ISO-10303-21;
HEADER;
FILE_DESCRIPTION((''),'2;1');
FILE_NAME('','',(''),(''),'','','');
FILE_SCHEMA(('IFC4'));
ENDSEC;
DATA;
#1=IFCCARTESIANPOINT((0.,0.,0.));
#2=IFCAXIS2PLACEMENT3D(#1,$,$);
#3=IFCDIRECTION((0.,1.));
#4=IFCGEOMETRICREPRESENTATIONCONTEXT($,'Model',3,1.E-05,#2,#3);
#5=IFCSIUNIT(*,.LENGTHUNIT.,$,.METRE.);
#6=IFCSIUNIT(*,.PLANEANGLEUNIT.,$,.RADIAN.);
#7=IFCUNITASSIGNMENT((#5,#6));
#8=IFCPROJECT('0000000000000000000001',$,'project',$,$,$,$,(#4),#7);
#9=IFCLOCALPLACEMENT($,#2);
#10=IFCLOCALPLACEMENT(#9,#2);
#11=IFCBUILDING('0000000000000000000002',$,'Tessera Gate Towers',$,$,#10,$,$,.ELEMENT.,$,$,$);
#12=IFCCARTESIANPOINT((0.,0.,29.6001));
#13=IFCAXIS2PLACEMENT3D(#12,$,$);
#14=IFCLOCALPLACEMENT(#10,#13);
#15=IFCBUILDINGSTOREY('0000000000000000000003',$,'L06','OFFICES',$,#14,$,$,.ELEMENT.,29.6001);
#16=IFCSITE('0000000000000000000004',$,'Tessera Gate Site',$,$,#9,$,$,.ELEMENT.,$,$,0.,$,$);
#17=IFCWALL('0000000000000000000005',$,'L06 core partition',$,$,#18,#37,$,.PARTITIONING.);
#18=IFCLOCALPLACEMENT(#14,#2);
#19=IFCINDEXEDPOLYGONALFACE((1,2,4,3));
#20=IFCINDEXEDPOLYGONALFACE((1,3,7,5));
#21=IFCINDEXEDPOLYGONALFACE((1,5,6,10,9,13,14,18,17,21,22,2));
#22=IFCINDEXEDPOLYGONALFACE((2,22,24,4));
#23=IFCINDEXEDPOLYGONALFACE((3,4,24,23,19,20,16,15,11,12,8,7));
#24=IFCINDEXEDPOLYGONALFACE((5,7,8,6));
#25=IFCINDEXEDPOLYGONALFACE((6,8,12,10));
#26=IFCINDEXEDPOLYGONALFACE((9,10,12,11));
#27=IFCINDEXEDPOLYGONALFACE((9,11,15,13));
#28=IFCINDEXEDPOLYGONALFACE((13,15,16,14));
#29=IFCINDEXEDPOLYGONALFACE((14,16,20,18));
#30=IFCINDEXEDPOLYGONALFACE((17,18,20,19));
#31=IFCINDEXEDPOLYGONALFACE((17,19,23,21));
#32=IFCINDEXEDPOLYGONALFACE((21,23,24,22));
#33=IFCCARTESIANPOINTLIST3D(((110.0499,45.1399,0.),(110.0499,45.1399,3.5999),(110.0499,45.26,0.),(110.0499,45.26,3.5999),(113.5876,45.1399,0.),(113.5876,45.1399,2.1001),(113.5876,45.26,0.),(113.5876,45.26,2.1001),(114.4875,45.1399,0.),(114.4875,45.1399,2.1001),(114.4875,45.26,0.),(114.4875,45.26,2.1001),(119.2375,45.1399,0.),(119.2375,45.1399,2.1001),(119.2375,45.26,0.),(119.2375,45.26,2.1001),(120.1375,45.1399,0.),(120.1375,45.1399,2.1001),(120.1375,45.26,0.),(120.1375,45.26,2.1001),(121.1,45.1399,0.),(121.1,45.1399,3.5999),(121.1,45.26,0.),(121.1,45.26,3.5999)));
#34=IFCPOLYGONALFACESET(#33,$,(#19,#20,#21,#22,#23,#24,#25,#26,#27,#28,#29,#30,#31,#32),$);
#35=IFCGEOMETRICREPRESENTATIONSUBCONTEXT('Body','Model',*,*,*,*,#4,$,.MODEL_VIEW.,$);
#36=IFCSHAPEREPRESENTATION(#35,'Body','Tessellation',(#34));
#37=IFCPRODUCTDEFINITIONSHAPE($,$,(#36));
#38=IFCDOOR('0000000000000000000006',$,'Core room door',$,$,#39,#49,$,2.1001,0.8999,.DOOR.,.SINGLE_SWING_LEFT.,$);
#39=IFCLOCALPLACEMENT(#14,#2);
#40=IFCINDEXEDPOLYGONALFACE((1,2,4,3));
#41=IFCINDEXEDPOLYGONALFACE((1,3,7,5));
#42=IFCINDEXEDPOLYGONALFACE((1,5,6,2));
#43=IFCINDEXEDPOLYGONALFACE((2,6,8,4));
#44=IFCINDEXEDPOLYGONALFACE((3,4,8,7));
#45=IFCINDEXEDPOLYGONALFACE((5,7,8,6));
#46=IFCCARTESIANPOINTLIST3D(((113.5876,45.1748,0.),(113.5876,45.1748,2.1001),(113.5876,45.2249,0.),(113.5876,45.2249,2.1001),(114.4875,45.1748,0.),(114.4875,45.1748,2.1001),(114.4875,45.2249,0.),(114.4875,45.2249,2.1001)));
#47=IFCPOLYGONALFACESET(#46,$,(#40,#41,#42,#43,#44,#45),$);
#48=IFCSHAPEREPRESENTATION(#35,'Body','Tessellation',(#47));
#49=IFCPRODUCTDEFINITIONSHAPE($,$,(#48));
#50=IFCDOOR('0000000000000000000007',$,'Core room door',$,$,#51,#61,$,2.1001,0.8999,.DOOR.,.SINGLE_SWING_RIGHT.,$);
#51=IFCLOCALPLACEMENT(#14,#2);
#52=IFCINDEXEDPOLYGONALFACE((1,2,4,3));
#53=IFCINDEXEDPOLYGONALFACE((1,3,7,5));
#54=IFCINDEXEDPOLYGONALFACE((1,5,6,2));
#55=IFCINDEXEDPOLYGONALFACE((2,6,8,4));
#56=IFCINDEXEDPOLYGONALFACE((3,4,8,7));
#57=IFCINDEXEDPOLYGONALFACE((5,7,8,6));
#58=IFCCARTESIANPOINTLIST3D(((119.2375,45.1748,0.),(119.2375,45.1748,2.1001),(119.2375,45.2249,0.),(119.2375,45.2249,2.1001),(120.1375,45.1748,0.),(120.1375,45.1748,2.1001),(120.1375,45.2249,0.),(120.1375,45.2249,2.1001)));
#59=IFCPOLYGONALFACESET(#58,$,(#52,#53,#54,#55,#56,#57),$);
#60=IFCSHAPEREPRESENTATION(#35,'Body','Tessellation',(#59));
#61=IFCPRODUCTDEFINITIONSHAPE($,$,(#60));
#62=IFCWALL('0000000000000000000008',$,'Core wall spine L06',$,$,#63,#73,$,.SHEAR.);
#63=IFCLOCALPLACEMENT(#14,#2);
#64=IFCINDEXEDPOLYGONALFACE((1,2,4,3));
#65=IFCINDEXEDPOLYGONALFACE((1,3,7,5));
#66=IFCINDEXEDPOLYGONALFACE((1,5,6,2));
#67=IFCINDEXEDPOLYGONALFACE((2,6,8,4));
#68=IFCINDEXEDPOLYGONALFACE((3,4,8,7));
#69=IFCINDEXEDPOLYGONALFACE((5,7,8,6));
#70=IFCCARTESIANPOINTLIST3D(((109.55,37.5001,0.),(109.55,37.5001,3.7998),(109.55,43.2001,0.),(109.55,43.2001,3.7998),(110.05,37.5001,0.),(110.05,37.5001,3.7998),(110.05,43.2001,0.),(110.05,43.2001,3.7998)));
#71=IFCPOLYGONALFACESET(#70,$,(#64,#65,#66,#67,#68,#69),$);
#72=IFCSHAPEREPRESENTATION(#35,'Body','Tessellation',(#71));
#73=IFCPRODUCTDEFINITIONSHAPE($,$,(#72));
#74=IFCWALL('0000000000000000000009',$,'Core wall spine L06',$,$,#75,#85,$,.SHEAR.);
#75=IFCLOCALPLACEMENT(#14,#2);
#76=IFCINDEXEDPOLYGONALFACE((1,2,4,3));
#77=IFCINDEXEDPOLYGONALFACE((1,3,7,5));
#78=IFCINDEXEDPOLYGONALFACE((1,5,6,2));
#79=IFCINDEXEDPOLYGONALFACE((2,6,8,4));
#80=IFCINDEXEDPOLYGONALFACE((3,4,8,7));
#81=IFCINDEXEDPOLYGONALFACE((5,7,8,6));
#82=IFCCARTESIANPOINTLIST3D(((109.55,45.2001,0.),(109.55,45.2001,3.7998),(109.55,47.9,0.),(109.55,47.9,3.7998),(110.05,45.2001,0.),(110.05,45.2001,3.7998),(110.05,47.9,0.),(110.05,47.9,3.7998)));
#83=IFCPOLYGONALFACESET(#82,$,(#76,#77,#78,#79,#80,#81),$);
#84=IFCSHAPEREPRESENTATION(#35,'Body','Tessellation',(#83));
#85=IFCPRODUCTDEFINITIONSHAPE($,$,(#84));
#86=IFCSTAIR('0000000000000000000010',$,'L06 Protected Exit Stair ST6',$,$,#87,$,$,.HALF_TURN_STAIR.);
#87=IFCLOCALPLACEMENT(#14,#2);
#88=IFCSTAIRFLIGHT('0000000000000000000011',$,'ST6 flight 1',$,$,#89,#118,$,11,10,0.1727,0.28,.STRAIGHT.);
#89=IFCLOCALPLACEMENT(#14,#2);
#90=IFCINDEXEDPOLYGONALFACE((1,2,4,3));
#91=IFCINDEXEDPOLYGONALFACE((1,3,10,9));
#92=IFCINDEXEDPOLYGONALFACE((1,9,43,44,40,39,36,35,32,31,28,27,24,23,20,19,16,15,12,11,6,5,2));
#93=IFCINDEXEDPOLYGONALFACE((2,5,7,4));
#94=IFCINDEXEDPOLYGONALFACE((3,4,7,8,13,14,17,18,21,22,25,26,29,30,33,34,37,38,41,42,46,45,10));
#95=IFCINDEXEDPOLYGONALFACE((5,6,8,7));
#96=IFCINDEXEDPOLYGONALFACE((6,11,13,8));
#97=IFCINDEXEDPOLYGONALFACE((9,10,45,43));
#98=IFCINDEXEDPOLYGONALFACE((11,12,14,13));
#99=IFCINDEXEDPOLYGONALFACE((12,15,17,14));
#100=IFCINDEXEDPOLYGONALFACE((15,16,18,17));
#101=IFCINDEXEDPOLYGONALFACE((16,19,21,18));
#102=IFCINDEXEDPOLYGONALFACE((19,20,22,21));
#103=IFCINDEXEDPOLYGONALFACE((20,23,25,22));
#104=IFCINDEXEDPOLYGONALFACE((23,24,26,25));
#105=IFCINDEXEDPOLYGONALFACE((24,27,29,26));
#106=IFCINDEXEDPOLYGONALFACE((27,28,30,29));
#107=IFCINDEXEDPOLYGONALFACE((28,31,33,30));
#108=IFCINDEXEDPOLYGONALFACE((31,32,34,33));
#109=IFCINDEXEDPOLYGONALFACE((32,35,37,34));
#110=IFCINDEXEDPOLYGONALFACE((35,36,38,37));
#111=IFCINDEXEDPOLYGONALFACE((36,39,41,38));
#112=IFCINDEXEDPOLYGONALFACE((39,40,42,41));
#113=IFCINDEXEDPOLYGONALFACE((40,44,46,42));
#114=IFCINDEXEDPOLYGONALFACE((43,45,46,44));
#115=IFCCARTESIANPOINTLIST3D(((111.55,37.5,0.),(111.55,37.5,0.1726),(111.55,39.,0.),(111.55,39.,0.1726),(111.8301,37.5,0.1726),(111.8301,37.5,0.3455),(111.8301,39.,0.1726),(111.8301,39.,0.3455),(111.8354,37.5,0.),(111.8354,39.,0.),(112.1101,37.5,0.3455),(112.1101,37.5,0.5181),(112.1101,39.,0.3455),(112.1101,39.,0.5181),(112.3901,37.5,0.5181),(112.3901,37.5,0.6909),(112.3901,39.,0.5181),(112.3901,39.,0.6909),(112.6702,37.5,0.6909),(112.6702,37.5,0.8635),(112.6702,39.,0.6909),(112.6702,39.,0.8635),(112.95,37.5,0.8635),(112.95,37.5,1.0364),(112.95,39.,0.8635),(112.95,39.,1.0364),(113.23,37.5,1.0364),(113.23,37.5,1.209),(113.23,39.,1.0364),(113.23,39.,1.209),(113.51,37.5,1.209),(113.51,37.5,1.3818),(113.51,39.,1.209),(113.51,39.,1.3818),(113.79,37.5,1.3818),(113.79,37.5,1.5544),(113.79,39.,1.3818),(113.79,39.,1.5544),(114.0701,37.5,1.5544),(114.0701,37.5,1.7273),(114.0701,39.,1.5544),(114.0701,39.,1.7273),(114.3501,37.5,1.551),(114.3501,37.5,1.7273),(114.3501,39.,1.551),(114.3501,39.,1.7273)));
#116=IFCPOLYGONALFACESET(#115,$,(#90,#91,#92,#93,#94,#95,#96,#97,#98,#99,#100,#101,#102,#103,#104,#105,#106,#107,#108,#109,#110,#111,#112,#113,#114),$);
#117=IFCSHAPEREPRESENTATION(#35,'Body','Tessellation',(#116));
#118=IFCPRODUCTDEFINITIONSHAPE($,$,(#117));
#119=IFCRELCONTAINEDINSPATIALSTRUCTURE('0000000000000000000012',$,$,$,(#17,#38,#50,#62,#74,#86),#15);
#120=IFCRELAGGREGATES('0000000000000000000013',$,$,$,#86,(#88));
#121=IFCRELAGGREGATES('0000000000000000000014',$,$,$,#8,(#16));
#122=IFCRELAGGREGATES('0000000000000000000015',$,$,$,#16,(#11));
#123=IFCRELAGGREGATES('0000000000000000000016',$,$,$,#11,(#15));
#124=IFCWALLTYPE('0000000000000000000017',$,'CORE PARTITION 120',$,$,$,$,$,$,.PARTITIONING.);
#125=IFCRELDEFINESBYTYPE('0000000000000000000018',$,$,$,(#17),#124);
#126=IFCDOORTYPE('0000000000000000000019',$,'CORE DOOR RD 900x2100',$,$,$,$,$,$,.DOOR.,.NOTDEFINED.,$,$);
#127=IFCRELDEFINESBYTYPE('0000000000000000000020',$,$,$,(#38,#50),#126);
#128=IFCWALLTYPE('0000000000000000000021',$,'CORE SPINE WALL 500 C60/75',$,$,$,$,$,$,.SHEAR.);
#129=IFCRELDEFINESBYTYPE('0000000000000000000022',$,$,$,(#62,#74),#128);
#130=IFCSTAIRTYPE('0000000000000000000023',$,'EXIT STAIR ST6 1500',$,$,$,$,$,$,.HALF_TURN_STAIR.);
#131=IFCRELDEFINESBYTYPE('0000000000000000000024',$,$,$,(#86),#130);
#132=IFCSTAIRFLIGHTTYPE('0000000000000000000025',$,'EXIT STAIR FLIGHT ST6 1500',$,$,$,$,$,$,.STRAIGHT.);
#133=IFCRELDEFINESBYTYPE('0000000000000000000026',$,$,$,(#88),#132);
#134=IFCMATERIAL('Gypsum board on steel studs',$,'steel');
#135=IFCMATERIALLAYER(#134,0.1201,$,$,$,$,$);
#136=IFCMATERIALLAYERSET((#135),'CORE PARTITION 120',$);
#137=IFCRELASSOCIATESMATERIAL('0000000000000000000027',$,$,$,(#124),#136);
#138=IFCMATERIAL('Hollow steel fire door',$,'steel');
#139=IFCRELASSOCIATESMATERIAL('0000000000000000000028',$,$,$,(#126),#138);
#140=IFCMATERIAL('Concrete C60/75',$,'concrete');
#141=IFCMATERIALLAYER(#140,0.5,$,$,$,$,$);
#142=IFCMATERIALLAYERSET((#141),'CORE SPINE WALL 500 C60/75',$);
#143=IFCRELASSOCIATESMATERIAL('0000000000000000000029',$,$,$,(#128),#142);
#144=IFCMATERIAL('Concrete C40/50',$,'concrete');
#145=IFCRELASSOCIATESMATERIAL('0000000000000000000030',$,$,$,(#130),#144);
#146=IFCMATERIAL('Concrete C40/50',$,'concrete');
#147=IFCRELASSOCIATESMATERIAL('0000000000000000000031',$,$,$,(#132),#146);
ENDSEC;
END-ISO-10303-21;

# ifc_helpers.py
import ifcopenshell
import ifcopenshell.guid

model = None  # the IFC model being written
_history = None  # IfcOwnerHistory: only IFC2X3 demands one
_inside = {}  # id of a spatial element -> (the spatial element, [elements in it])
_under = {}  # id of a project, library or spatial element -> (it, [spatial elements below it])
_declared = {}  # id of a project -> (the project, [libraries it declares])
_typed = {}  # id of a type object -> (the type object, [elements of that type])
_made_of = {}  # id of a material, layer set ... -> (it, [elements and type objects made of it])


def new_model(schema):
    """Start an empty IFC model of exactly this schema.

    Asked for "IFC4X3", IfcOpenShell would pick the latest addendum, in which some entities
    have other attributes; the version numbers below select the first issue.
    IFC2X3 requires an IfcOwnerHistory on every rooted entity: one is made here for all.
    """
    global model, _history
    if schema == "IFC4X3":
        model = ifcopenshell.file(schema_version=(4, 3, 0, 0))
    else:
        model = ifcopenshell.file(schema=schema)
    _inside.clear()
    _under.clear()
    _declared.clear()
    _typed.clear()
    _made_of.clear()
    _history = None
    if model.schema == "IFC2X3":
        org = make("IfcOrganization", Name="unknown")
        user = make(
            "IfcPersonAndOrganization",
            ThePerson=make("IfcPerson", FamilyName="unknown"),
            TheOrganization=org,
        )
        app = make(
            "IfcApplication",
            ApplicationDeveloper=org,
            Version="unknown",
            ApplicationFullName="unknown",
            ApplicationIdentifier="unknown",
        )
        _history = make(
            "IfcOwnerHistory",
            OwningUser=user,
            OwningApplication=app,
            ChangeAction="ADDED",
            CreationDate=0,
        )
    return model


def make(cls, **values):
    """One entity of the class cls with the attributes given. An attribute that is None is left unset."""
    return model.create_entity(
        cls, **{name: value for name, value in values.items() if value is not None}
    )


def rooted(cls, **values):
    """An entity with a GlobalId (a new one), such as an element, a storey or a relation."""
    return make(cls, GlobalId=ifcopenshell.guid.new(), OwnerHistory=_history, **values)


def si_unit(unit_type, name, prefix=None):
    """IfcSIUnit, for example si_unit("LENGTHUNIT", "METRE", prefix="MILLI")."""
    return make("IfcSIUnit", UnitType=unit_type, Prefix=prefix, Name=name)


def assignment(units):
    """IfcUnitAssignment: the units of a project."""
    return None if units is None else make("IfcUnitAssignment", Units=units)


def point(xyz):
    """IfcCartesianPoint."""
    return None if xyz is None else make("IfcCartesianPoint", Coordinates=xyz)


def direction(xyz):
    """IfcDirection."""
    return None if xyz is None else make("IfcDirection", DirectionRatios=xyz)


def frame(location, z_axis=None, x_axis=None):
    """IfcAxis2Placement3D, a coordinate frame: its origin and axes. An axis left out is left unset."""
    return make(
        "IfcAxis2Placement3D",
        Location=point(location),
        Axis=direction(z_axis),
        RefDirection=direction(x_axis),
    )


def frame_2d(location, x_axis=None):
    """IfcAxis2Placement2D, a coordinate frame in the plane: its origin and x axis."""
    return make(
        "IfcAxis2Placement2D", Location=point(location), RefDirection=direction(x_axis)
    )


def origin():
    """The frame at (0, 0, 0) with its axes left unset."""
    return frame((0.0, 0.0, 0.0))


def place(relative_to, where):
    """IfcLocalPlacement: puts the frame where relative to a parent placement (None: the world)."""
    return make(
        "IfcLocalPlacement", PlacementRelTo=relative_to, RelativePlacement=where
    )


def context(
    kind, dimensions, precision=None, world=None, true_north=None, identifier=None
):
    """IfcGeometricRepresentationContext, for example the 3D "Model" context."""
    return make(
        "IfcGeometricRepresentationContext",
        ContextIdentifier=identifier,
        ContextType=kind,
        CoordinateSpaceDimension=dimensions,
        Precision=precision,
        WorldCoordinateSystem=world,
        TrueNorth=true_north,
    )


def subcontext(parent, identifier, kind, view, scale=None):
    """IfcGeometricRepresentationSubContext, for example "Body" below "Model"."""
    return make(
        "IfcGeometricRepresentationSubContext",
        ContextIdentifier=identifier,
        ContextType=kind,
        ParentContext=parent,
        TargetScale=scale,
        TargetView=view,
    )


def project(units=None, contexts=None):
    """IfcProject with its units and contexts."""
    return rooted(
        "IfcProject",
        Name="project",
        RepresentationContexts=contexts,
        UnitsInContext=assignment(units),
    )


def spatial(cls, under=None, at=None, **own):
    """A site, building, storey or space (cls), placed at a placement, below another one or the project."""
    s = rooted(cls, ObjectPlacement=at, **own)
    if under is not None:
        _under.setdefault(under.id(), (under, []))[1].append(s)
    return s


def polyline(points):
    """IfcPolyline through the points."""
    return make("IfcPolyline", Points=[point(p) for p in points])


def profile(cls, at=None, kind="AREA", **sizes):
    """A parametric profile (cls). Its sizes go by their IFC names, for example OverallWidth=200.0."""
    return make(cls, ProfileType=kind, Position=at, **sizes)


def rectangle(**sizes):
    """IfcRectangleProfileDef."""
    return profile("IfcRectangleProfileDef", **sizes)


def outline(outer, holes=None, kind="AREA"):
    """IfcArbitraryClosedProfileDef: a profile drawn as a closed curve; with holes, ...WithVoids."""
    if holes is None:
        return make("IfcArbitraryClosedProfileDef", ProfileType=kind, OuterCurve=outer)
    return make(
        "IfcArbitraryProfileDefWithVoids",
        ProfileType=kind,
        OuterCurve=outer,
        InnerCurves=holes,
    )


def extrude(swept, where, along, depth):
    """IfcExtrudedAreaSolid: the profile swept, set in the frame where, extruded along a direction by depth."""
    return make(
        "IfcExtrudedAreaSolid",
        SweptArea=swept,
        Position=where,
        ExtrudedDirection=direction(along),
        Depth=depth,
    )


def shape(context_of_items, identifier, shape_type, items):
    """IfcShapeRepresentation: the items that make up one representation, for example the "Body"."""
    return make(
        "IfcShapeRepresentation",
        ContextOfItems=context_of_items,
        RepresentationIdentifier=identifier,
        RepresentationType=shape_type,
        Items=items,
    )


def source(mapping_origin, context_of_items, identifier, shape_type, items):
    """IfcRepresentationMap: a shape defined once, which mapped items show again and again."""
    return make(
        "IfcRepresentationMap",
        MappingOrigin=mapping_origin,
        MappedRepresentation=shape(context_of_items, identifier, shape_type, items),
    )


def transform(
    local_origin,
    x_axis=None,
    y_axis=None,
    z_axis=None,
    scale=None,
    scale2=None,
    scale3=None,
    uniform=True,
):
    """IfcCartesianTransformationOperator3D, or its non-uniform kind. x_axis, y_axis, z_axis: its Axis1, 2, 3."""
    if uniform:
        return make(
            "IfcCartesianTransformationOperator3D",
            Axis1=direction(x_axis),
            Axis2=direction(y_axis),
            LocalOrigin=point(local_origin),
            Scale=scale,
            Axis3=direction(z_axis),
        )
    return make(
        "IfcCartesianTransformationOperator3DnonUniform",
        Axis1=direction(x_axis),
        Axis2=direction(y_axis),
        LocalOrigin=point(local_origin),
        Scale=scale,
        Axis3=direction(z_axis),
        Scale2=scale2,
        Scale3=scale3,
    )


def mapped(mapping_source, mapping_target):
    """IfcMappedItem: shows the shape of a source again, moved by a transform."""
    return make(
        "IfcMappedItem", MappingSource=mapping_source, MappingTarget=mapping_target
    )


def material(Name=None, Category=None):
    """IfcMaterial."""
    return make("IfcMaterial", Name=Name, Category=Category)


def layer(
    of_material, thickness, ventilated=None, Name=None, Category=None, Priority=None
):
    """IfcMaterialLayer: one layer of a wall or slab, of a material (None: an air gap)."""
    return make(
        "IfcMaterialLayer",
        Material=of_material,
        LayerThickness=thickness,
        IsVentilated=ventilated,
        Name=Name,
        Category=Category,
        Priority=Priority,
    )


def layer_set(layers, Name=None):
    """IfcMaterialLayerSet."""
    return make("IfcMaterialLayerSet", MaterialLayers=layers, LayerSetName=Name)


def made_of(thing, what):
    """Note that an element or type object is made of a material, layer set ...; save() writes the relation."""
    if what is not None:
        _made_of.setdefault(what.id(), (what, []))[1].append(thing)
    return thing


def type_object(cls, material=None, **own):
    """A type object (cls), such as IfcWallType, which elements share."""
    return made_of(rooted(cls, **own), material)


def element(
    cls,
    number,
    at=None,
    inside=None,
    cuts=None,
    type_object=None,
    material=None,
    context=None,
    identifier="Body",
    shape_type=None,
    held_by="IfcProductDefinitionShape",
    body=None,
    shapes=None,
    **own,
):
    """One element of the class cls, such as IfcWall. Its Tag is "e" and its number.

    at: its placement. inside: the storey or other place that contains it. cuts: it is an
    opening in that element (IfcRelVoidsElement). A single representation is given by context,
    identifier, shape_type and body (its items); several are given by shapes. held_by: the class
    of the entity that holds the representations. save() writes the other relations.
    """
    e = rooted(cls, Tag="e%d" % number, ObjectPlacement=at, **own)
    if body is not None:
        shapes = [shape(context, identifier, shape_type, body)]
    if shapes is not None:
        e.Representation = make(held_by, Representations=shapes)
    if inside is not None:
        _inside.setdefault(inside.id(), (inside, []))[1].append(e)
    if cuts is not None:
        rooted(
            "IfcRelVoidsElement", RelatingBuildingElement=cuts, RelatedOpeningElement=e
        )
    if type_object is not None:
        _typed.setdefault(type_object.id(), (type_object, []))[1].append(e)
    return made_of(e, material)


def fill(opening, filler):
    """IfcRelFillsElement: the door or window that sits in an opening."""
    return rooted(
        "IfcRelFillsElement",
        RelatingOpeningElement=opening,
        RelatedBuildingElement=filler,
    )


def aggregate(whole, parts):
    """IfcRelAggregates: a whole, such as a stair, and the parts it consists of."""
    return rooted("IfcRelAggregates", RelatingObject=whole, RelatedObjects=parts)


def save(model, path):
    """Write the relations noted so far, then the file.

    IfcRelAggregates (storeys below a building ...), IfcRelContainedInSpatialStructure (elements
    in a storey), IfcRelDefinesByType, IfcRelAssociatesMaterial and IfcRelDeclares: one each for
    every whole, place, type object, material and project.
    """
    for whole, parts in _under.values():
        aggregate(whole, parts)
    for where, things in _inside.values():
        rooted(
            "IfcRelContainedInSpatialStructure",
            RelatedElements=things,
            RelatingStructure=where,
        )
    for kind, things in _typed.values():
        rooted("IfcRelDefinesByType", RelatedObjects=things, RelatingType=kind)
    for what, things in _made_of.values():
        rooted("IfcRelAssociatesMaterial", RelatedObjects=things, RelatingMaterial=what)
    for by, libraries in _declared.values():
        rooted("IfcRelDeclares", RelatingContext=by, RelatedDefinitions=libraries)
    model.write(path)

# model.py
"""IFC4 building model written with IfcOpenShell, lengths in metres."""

from ifc_helpers import new_model, si_unit, direction, frame, frame_2d, origin, place, context, subcontext, project, spatial, polyline, rectangle, outline, extrude, source, transform, mapped, material, layer, layer_set, type_object, element, fill, aggregate, save


model = new_model("IFC4")

# Units and contexts
model_context = context("Model", 3, precision=1e-05, world=origin(), true_north=direction((0.0, 1.0)))
body_context = subcontext(model_context, "Body", "Model", "MODEL_VIEW")
ifc_project = project(units=[si_unit("LENGTHUNIT", "METRE"), si_unit("PLANEANGLEUNIT", "RADIAN")], contexts=[model_context])

# Site, building, storey
site_placement = place(None, origin())
site = spatial("IfcSite", under=ifc_project, at=site_placement, Name="Tessera Gate Site", CompositionType="ELEMENT", RefElevation=0.0)
building_placement = place(site_placement, origin())
building = spatial("IfcBuilding", under=site, at=building_placement, Name="Tessera Gate Towers", CompositionType="ELEMENT")
storey_placement = place(building_placement, frame((0.0, 0.0, 29.6001)))
storey = spatial("IfcBuildingStorey", under=building, at=storey_placement, Name="L06", Description="OFFICES", CompositionType="ELEMENT", Elevation=29.6001)

# Wall, openings, doors
ifc_material_1 = material(Name="Gypsum board on steel studs", Category="steel")
ifc_layer_1 = layer(ifc_material_1, 0.1201)
ifc_layer_set_1 = layer_set([ifc_layer_1], Name="CORE PARTITION 120")
wall_type_1 = type_object("IfcWallType", Name="CORE PARTITION 120", PredefinedType="PARTITIONING", material=ifc_layer_set_1)
wall_1_placement = place(storey_placement, frame((110.05, 45.2, 0.0), z_axis=(0.0, 0.0, 1.0), x_axis=(1.0, 0.0, 0.0)))
wall_1 = element("IfcWall", 1, at=wall_1_placement, inside=storey, type_object=wall_type_1, Name="L06 core partition", PredefinedType="PARTITIONING", context=body_context, shape_type="SweptSolid", body=[
    extrude(rectangle(XDim=11.05, YDim=0.1201, at=frame_2d((5.5249, 0.0))), origin(), (0.0, 0.0, 1.0), 3.5999),
])
shared_shape_1 = source(origin(), body_context, "Body", "SweptSolid", [
    extrude(rectangle(XDim=0.8999, YDim=2.1001, at=frame_2d((0.45, 1.05))), frame((0.0, 0.0701, 0.0), z_axis=(0.0, -1.0, 0.0), x_axis=(1.0, 0.0, 0.0)), (0.0, 0.0, 1.0), 0.1401),
])
opening_1_placement = place(wall_1_placement, frame((3.5376, 0.0, 0.0)))
opening_1 = element("IfcOpeningElement", 2, at=opening_1_placement, cuts=wall_1, PredefinedType="OPENING", context=body_context, shape_type="MappedRepresentation", body=[
    mapped(shared_shape_1, transform((0.0, 0.0, 0.0), scale=1.0)),
])
opening_2_placement = place(wall_1_placement, frame((9.1875, 0.0, 0.0)))
opening_2 = element("IfcOpeningElement", 3, at=opening_2_placement, cuts=wall_1, PredefinedType="OPENING", context=body_context, shape_type="MappedRepresentation", body=[
    mapped(shared_shape_1, transform((0.0, 0.0, 0.0), scale=1.0)),
])
ifc_material_2 = material(Name="Hollow steel fire door", Category="steel")
door_type_1 = type_object("IfcDoorType", Name="CORE DOOR RD 900x2100", OperationType="NOTDEFINED", PredefinedType="DOOR", material=ifc_material_2)
shared_shape_2 = source(origin(), body_context, "Body", "SweptSolid", [
    extrude(rectangle(XDim=0.8999, YDim=2.1001, at=frame_2d((0.45, 1.05))), frame((0.0, 0.0249, 0.0), z_axis=(0.0, -1.0, 0.0), x_axis=(1.0, 0.0, 0.0)), (0.0, 0.0, 1.0), 0.05),
])
door_1_placement = place(opening_1_placement, origin())
door_1 = element("IfcDoor", 4, at=door_1_placement, inside=storey, type_object=door_type_1, Name="Core room door", OperationType="SINGLE_SWING_LEFT", OverallHeight=2.1001, OverallWidth=0.8999, PredefinedType="DOOR", context=body_context, shape_type="MappedRepresentation", body=[
    mapped(shared_shape_2, transform((0.0, 0.0, 0.0), scale=1.0)),
])
fill(opening_1, door_1)
door_2_placement = place(opening_2_placement, origin())
door_2 = element("IfcDoor", 5, at=door_2_placement, inside=storey, type_object=door_type_1, Name="Core room door", OperationType="SINGLE_SWING_RIGHT", OverallHeight=2.1001, OverallWidth=0.8999, PredefinedType="DOOR", context=body_context, shape_type="MappedRepresentation", body=[
    mapped(shared_shape_2, transform((0.0, 0.0, 0.0), scale=1.0)),
])
fill(opening_2, door_2)

# Walls
ifc_material_3 = material(Name="Concrete C60/75", Category="concrete")
ifc_layer_2 = layer(ifc_material_3, 0.5)
ifc_layer_set_2 = layer_set([ifc_layer_2], Name="CORE SPINE WALL 500 C60/75")
wall_type_2 = type_object("IfcWallType", Name="CORE SPINE WALL 500 C60/75", PredefinedType="SHEAR", material=ifc_layer_set_2)
wall_2_placement = place(storey_placement, frame((109.8, 37.5, 0.0), z_axis=(0.0, 0.0, 1.0), x_axis=(0.0, 1.0, 0.0)))
element("IfcWall", 6, at=wall_2_placement, inside=storey, type_object=wall_type_2, Name="Core wall spine L06", PredefinedType="SHEAR", context=body_context, shape_type="SweptSolid", body=[
    extrude(rectangle(XDim=5.7, YDim=0.5, at=frame_2d((2.8501, 0.0))), origin(), (0.0, 0.0, 1.0), 3.7998),
])
wall_3_placement = place(storey_placement, frame((109.8, 45.2, 0.0), z_axis=(0.0, 0.0, 1.0), x_axis=(0.0, 1.0, 0.0)))
element("IfcWall", 7, at=wall_3_placement, inside=storey, type_object=wall_type_2, Name="Core wall spine L06", PredefinedType="SHEAR", context=body_context, shape_type="SweptSolid", body=[
    extrude(rectangle(XDim=2.7, YDim=0.5, at=frame_2d((1.3501, 0.0))), origin(), (0.0, 0.0, 1.0), 3.7998),
])

# Stair, stair flight
ifc_material_4 = material(Name="Concrete C40/50", Category="concrete")
stair_type = type_object("IfcStairType", Name="EXIT STAIR ST6 1500", PredefinedType="HALF_TURN_STAIR", material=ifc_material_4)
stair_placement = place(storey_placement, origin())
stair = element("IfcStair", 8, at=stair_placement, inside=storey, type_object=stair_type, Name="L06 Protected Exit Stair ST6", PredefinedType="HALF_TURN_STAIR")
ifc_material_5 = material(Name="Concrete C40/50", Category="concrete")
stair_flight_type = type_object("IfcStairFlightType", Name="EXIT STAIR FLIGHT ST6 1500", PredefinedType="STRAIGHT", material=ifc_material_5)
stair_flight_placement = place(storey_placement, frame((111.55, 38.25, 0.0), z_axis=(0.0, 0.0, 1.0), x_axis=(1.0, 0.0, 0.0)))
stair_flight = element("IfcStairFlight", 9, at=stair_flight_placement, type_object=stair_flight_type, Name="ST6 flight 1", NumberOfRisers=11, NumberOfTreads=10, PredefinedType="STRAIGHT", RiserHeight=0.1727, TreadLength=0.28, context=body_context, shape_type="SweptSolid", body=[
    extrude(outline(polyline([(0.0, 0.0), (0.0, 0.1726), (0.28, 0.1726), (0.28, 0.3455), (0.5601, 0.3455), (0.5601, 0.5181), (0.8401, 0.5181), (0.8401, 0.6909), (1.1201, 0.6909), (1.1201, 0.8635), (1.3999, 0.8635), (1.3999, 1.0364), (1.6799, 1.0364), (1.6799, 1.209), (1.96, 1.209), (1.96, 1.3818), (2.24, 1.3818), (2.24, 1.5544), (2.52, 1.5544), (2.52, 1.7273), (2.8, 1.7273), (2.8, 1.8999), (2.8, 1.551), (0.2854, 0.0), (0.0, 0.0)])), frame((0.0, 0.75, 0.0), z_axis=(0.0, -1.0, 0.0), x_axis=(1.0, 0.0, 0.0)), (0.0, 0.0, 1.0), 1.5),
])
aggregate(stair, [stair_flight])

save(model, "model.ifc")
